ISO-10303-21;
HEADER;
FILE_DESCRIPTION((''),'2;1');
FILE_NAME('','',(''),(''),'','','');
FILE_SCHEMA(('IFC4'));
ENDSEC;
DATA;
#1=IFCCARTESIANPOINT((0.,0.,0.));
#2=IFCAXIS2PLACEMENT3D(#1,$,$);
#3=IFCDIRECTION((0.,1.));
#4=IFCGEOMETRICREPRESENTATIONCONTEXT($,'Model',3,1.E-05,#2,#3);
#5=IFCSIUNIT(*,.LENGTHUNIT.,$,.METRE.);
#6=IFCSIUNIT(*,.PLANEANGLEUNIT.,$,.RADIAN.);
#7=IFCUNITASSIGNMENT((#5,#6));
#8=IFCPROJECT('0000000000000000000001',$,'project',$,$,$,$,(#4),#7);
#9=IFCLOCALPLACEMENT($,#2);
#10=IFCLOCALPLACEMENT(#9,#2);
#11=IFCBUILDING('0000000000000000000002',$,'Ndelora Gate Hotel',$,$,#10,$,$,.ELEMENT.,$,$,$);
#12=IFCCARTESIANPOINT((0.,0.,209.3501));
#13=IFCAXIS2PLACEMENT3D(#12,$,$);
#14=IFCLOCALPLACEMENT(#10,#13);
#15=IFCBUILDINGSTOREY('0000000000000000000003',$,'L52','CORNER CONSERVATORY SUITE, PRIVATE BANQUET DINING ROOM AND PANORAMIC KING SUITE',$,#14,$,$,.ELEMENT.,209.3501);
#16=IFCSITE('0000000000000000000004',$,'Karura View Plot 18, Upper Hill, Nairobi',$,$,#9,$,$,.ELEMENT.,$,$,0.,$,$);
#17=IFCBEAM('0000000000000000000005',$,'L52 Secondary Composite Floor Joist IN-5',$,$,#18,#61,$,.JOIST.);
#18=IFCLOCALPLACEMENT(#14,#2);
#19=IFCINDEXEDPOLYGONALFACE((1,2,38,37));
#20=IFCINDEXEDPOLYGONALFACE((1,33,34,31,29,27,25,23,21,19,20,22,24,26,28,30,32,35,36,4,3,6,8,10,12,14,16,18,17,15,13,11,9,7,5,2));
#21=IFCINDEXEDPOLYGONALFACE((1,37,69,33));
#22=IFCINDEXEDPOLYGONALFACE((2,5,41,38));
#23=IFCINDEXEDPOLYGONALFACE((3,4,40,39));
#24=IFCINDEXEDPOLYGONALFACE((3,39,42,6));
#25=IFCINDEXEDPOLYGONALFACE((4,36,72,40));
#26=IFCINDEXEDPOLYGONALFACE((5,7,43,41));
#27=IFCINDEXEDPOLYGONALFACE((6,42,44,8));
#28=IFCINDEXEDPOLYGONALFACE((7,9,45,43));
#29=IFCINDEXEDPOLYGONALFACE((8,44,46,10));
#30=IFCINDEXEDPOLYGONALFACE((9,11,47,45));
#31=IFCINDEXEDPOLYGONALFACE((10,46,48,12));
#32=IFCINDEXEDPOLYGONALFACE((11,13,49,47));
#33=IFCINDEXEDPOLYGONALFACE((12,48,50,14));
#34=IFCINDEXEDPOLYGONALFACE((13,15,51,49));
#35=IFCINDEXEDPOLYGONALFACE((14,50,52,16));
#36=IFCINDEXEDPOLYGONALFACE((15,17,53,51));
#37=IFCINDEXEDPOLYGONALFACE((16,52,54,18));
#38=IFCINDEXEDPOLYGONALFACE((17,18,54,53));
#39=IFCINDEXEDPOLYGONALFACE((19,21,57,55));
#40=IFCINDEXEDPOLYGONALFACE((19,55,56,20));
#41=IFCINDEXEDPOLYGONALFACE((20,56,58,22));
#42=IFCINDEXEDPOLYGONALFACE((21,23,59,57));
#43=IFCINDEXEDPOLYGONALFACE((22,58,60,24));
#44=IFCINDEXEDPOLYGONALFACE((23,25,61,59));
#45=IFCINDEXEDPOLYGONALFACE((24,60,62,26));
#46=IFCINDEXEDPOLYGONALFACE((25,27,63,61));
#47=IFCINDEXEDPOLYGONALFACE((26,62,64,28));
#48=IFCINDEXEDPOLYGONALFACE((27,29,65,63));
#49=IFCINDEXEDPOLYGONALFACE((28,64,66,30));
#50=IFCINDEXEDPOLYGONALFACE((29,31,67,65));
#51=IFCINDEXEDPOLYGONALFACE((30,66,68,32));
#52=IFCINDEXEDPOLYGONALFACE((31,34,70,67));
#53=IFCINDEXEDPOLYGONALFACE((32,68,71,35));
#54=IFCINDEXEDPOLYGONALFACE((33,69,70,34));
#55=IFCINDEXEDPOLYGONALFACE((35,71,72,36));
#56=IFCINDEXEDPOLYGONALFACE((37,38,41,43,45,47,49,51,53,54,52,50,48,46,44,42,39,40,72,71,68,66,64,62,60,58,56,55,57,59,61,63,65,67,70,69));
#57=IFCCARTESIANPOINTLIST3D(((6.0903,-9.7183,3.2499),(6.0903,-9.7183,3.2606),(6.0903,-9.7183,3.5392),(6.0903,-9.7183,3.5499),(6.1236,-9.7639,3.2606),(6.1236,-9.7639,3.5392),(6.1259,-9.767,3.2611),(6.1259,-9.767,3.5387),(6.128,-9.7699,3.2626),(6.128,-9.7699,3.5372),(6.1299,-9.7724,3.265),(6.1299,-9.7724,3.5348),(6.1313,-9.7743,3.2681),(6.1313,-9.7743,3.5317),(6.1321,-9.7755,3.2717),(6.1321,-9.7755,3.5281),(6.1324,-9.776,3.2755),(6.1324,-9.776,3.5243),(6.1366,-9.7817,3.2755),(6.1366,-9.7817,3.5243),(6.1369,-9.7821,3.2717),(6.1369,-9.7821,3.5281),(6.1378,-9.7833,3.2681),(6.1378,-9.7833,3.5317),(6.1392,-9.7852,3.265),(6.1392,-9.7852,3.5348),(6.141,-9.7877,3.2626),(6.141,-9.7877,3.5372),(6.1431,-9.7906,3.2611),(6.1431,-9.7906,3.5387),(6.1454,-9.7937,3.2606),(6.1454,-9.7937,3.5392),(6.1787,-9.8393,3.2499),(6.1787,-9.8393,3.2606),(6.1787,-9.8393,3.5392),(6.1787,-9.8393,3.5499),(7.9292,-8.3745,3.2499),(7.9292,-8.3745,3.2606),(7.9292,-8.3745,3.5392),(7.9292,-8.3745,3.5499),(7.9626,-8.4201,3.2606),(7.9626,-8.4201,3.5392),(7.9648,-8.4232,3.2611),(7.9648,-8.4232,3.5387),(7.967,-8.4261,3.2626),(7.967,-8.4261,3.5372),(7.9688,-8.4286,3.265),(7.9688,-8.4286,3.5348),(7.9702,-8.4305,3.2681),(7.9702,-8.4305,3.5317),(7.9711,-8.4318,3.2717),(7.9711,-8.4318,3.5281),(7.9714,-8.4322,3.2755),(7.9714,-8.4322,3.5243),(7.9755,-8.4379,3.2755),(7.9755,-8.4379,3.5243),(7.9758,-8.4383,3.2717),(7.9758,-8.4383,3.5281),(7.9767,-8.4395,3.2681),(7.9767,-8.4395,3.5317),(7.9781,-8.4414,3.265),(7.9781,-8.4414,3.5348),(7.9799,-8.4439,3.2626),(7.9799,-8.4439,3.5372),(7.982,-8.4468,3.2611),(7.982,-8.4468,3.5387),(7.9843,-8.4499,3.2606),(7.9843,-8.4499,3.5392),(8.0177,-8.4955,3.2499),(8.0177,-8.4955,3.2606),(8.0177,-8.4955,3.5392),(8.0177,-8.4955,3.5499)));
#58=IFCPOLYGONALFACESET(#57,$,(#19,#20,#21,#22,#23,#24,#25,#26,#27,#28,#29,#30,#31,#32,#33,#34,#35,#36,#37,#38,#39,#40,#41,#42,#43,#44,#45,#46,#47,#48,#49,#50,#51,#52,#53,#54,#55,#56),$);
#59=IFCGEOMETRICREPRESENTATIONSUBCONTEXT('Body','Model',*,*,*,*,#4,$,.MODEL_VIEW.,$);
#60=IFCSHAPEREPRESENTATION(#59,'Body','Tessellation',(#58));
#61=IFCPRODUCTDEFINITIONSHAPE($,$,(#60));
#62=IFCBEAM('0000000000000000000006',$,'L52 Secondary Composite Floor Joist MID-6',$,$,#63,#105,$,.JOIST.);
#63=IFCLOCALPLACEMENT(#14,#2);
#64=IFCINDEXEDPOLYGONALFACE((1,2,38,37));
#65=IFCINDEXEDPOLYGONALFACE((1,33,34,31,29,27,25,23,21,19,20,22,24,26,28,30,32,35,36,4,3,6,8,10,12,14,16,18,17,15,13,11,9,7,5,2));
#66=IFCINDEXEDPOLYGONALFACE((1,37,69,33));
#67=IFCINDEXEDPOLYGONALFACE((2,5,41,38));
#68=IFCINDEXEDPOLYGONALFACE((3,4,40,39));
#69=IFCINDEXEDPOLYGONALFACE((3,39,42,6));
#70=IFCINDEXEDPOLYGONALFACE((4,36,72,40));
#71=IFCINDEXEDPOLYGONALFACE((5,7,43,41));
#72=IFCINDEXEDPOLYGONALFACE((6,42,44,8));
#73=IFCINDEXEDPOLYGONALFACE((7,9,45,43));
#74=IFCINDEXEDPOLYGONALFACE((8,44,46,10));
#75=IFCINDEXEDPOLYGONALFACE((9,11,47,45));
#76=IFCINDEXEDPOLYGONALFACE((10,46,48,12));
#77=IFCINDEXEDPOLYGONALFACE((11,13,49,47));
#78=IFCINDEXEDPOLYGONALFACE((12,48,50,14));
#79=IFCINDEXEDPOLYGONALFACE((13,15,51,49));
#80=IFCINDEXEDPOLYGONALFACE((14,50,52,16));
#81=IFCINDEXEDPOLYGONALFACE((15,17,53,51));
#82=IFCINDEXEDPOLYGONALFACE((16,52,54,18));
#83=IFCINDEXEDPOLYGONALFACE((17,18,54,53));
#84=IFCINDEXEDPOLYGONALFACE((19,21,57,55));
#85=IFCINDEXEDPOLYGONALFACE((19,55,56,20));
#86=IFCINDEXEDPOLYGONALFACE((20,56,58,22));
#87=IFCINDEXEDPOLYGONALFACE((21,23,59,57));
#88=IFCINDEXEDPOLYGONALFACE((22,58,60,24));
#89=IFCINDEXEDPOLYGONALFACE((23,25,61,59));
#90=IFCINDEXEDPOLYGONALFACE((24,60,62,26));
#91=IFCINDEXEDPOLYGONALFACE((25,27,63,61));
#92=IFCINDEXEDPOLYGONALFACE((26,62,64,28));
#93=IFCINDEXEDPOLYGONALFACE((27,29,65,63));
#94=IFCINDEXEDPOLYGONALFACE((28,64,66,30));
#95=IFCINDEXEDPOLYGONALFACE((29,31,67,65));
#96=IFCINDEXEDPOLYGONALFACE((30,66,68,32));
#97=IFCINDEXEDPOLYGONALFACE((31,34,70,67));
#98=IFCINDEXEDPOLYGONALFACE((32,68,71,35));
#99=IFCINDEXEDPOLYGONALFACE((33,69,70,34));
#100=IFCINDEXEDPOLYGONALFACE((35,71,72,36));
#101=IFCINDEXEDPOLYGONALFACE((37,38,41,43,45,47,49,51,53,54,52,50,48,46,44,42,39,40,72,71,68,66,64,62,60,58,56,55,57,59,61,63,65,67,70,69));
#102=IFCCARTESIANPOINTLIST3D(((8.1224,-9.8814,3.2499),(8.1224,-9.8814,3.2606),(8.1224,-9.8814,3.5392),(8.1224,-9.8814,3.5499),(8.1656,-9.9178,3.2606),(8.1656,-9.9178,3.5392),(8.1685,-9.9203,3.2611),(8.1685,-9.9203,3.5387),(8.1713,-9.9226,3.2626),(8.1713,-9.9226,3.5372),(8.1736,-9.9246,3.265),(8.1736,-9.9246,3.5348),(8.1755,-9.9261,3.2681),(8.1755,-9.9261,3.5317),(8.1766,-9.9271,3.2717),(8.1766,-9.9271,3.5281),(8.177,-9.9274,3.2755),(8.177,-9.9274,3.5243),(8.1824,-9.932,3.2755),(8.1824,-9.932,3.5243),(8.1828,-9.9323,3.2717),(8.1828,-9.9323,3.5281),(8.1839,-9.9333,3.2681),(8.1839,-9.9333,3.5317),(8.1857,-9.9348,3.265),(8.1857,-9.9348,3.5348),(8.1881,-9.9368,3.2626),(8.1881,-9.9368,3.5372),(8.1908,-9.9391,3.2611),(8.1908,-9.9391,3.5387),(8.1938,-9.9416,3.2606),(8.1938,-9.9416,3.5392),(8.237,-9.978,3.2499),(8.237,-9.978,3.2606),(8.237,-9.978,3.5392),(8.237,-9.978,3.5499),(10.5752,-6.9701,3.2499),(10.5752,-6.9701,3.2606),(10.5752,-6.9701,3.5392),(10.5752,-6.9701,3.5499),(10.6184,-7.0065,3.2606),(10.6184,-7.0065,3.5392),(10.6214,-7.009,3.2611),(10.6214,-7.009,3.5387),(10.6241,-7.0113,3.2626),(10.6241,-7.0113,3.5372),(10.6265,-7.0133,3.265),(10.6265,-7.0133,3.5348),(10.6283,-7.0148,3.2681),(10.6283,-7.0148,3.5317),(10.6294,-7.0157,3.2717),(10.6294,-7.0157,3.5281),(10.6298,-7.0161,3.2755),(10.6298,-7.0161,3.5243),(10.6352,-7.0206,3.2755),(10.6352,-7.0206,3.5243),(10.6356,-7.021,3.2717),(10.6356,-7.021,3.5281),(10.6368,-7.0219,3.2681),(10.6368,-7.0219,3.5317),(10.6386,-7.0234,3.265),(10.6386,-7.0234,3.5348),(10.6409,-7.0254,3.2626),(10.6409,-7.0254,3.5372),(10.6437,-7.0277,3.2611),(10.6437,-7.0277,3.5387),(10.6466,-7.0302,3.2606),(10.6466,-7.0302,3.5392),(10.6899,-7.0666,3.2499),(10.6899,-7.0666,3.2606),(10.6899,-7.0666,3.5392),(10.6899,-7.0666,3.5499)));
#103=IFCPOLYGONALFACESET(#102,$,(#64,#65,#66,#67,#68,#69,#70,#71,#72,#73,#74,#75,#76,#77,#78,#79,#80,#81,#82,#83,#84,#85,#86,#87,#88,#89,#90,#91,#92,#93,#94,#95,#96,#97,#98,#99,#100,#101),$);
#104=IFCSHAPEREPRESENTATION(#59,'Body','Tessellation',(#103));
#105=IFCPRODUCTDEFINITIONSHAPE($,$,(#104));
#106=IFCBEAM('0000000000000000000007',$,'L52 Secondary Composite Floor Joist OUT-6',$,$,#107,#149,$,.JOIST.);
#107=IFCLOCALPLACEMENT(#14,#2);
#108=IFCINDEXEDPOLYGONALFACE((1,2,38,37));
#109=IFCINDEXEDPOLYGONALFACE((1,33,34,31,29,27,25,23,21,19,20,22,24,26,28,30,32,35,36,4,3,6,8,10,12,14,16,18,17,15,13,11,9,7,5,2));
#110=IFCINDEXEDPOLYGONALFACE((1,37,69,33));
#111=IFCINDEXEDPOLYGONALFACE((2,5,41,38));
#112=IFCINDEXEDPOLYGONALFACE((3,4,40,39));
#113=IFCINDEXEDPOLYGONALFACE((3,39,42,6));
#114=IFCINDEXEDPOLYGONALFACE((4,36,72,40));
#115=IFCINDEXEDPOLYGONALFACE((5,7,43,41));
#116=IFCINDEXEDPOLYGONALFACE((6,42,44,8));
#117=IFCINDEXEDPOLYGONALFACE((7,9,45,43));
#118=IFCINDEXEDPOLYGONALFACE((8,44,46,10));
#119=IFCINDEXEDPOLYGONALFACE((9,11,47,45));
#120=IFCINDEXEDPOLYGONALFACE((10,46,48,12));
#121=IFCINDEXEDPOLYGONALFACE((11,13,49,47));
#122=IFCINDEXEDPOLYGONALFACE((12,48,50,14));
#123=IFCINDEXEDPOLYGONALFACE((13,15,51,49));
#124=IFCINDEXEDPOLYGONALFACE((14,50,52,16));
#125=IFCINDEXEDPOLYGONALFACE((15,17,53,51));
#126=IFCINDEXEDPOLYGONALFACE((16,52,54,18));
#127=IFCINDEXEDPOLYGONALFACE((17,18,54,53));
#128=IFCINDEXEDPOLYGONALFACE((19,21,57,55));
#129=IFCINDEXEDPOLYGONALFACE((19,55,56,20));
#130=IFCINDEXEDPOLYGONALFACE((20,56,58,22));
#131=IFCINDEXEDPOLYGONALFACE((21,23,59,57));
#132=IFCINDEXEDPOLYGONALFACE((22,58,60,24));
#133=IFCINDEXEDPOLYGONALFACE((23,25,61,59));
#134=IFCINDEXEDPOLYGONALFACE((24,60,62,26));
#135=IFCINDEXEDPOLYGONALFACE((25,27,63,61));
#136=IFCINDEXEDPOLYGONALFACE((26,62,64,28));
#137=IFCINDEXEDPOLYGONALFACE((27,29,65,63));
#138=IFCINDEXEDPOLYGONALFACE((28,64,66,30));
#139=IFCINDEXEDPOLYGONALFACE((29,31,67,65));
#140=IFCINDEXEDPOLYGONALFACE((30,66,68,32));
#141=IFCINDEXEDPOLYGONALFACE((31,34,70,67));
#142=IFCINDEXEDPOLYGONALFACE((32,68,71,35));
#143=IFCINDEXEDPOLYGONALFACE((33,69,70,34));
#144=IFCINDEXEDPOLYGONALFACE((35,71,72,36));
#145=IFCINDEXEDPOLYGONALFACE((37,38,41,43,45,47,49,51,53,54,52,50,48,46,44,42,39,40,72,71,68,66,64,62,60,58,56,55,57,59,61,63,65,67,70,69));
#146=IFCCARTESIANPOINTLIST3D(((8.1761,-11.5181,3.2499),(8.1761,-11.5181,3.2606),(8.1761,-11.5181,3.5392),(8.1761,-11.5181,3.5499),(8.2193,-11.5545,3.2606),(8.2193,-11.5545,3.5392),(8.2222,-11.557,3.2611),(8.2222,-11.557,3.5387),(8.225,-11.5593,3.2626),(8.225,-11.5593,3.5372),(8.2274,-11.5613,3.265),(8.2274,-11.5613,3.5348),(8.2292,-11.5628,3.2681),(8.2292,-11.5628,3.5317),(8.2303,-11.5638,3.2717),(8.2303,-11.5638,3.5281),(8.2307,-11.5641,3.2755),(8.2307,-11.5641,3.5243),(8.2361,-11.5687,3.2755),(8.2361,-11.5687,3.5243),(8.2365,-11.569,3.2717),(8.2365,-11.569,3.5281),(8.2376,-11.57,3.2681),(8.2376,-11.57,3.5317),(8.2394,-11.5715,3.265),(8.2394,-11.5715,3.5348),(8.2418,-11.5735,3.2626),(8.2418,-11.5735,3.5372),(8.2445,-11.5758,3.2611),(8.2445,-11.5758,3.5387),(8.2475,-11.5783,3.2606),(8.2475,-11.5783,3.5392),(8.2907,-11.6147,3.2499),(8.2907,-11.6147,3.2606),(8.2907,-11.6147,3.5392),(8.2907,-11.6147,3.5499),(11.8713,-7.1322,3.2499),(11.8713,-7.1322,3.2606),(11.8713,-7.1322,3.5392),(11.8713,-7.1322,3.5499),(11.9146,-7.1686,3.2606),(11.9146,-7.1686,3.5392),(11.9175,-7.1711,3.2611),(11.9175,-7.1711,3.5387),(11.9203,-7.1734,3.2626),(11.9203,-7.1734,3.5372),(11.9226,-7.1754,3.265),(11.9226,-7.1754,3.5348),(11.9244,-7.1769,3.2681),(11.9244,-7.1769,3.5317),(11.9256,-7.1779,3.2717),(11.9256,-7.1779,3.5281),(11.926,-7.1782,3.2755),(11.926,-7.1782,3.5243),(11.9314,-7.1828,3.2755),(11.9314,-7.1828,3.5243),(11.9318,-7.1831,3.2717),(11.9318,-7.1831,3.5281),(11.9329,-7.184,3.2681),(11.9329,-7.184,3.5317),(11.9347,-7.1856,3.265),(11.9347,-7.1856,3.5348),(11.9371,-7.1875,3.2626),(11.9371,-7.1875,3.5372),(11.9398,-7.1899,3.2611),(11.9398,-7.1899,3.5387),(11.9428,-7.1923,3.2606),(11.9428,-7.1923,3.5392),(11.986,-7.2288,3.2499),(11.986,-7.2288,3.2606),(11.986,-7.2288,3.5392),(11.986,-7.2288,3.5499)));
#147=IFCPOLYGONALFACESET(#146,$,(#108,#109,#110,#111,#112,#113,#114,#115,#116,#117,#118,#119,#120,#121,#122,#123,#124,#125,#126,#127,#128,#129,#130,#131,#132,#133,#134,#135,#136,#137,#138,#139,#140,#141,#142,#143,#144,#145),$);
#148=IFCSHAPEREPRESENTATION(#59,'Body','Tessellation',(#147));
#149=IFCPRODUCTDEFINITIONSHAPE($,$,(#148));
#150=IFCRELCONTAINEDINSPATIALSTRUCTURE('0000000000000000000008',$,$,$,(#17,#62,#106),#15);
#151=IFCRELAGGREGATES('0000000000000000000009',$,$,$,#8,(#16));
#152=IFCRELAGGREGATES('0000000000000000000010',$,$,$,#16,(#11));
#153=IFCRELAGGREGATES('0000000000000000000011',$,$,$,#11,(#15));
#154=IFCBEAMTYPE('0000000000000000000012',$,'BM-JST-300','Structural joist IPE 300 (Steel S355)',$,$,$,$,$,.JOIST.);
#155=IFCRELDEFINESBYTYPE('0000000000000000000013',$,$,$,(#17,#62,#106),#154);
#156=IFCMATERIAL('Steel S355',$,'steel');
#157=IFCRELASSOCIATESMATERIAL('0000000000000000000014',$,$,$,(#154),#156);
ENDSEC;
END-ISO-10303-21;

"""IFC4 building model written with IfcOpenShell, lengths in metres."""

from ifc_helpers import new_model, si_unit, direction, frame, origin, origin_2d, place, context, subcontext, project, spatial, i_section, extrude, material, material_profile, profile_set, type_object, element, save


model = new_model("IFC4")

# Units and contexts
model_context = context("Model", 3, precision=1e-05, world=origin(), true_north=direction((0.0, 1.0)))
body_context = subcontext(model_context, "Body", "Model", "MODEL_VIEW")
ifc_project = project(units=[si_unit("LENGTHUNIT", "METRE"), si_unit("PLANEANGLEUNIT", "RADIAN")], contexts=[model_context])

# Site, building, storey
site_placement = place(None, origin())
site = spatial("IfcSite", under=ifc_project, at=site_placement, Name="Karura View Plot 18, Upper Hill, Nairobi", CompositionType="ELEMENT", RefElevation=0.0)
building_placement = place(site_placement, origin())
building = spatial("IfcBuilding", under=site, at=building_placement, Name="Ndelora Gate Hotel", CompositionType="ELEMENT")
storey_placement = place(building_placement, frame((0.0, 0.0, 209.3501)))
storey = spatial("IfcBuildingStorey", under=building, at=storey_placement, Name="L52", Description="CORNER CONSERVATORY SUITE, PRIVATE BANQUET DINING ROOM AND PANORAMIC KING SUITE", CompositionType="ELEMENT", Elevation=209.3501)

# Beams
ifc_material_1 = material(Name="Steel S355", Category="steel")
ifc_material_profile_1 = material_profile(ifc_material_1, i_section(OverallWidth=0.1499, OverallDepth=0.3, WebThickness=0.0071, FlangeThickness=0.0107, FilletRadius=0.0149, at=origin_2d()), Name="IPE 300")
ifc_profile_set_1 = profile_set([ifc_material_profile_1], Name="Steel S355")
beam_type = type_object("IfcBeamType", Name="BM-JST-300", Description="Structural joist IPE 300 (Steel S355)", PredefinedType="JOIST", material=ifc_profile_set_1)
beam_1_placement = place(storey_placement, frame((6.1345, -9.7788, 3.3999), z_axis=(0.807399, 0.590006, 0.0), x_axis=(-0.590006, 0.807399, 0.0)))
element("IfcBeam", 1, at=beam_1_placement, inside=storey, type_object=beam_type, Name="L52 Secondary Composite Floor Joist IN-5", PredefinedType="JOIST", context=body_context, shape_type="SweptSolid", body=[
    extrude(i_section(OverallWidth=0.1499, OverallDepth=0.3, WebThickness=0.0071, FlangeThickness=0.0107, FilletRadius=0.0149, at=origin_2d()), origin(), (0.0, 0.0, 1.0), 2.2776),
])
beam_2_placement = place(storey_placement, frame((8.1797, -9.9297, 3.3999), z_axis=(0.644319, 0.764757, 0.0), x_axis=(-0.764757, 0.644319, 0.0)))
element("IfcBeam", 2, at=beam_2_placement, inside=storey, type_object=beam_type, Name="L52 Secondary Composite Floor Joist MID-6", PredefinedType="JOIST", context=body_context, shape_type="SweptSolid", body=[
    extrude(i_section(OverallWidth=0.1499, OverallDepth=0.3, WebThickness=0.0071, FlangeThickness=0.0107, FilletRadius=0.0149, at=origin_2d()), origin(), (0.0, 0.0, 1.0), 3.8069),
])
beam_3_placement = place(storey_placement, frame((8.2334, -11.5664, 3.3999), z_axis=(0.644324, 0.764752, 0.0), x_axis=(-0.764752, 0.644324, 0.0)))
element("IfcBeam", 3, at=beam_3_placement, inside=storey, type_object=beam_type, Name="L52 Secondary Composite Floor Joist OUT-6", PredefinedType="JOIST", context=body_context, shape_type="SweptSolid", body=[
    extrude(i_section(OverallWidth=0.1499, OverallDepth=0.3, WebThickness=0.0071, FlangeThickness=0.0107, FilletRadius=0.0149, at=origin_2d()), origin(), (0.0, 0.0, 1.0), 5.7351),
])

save(model, "model.ifc")
